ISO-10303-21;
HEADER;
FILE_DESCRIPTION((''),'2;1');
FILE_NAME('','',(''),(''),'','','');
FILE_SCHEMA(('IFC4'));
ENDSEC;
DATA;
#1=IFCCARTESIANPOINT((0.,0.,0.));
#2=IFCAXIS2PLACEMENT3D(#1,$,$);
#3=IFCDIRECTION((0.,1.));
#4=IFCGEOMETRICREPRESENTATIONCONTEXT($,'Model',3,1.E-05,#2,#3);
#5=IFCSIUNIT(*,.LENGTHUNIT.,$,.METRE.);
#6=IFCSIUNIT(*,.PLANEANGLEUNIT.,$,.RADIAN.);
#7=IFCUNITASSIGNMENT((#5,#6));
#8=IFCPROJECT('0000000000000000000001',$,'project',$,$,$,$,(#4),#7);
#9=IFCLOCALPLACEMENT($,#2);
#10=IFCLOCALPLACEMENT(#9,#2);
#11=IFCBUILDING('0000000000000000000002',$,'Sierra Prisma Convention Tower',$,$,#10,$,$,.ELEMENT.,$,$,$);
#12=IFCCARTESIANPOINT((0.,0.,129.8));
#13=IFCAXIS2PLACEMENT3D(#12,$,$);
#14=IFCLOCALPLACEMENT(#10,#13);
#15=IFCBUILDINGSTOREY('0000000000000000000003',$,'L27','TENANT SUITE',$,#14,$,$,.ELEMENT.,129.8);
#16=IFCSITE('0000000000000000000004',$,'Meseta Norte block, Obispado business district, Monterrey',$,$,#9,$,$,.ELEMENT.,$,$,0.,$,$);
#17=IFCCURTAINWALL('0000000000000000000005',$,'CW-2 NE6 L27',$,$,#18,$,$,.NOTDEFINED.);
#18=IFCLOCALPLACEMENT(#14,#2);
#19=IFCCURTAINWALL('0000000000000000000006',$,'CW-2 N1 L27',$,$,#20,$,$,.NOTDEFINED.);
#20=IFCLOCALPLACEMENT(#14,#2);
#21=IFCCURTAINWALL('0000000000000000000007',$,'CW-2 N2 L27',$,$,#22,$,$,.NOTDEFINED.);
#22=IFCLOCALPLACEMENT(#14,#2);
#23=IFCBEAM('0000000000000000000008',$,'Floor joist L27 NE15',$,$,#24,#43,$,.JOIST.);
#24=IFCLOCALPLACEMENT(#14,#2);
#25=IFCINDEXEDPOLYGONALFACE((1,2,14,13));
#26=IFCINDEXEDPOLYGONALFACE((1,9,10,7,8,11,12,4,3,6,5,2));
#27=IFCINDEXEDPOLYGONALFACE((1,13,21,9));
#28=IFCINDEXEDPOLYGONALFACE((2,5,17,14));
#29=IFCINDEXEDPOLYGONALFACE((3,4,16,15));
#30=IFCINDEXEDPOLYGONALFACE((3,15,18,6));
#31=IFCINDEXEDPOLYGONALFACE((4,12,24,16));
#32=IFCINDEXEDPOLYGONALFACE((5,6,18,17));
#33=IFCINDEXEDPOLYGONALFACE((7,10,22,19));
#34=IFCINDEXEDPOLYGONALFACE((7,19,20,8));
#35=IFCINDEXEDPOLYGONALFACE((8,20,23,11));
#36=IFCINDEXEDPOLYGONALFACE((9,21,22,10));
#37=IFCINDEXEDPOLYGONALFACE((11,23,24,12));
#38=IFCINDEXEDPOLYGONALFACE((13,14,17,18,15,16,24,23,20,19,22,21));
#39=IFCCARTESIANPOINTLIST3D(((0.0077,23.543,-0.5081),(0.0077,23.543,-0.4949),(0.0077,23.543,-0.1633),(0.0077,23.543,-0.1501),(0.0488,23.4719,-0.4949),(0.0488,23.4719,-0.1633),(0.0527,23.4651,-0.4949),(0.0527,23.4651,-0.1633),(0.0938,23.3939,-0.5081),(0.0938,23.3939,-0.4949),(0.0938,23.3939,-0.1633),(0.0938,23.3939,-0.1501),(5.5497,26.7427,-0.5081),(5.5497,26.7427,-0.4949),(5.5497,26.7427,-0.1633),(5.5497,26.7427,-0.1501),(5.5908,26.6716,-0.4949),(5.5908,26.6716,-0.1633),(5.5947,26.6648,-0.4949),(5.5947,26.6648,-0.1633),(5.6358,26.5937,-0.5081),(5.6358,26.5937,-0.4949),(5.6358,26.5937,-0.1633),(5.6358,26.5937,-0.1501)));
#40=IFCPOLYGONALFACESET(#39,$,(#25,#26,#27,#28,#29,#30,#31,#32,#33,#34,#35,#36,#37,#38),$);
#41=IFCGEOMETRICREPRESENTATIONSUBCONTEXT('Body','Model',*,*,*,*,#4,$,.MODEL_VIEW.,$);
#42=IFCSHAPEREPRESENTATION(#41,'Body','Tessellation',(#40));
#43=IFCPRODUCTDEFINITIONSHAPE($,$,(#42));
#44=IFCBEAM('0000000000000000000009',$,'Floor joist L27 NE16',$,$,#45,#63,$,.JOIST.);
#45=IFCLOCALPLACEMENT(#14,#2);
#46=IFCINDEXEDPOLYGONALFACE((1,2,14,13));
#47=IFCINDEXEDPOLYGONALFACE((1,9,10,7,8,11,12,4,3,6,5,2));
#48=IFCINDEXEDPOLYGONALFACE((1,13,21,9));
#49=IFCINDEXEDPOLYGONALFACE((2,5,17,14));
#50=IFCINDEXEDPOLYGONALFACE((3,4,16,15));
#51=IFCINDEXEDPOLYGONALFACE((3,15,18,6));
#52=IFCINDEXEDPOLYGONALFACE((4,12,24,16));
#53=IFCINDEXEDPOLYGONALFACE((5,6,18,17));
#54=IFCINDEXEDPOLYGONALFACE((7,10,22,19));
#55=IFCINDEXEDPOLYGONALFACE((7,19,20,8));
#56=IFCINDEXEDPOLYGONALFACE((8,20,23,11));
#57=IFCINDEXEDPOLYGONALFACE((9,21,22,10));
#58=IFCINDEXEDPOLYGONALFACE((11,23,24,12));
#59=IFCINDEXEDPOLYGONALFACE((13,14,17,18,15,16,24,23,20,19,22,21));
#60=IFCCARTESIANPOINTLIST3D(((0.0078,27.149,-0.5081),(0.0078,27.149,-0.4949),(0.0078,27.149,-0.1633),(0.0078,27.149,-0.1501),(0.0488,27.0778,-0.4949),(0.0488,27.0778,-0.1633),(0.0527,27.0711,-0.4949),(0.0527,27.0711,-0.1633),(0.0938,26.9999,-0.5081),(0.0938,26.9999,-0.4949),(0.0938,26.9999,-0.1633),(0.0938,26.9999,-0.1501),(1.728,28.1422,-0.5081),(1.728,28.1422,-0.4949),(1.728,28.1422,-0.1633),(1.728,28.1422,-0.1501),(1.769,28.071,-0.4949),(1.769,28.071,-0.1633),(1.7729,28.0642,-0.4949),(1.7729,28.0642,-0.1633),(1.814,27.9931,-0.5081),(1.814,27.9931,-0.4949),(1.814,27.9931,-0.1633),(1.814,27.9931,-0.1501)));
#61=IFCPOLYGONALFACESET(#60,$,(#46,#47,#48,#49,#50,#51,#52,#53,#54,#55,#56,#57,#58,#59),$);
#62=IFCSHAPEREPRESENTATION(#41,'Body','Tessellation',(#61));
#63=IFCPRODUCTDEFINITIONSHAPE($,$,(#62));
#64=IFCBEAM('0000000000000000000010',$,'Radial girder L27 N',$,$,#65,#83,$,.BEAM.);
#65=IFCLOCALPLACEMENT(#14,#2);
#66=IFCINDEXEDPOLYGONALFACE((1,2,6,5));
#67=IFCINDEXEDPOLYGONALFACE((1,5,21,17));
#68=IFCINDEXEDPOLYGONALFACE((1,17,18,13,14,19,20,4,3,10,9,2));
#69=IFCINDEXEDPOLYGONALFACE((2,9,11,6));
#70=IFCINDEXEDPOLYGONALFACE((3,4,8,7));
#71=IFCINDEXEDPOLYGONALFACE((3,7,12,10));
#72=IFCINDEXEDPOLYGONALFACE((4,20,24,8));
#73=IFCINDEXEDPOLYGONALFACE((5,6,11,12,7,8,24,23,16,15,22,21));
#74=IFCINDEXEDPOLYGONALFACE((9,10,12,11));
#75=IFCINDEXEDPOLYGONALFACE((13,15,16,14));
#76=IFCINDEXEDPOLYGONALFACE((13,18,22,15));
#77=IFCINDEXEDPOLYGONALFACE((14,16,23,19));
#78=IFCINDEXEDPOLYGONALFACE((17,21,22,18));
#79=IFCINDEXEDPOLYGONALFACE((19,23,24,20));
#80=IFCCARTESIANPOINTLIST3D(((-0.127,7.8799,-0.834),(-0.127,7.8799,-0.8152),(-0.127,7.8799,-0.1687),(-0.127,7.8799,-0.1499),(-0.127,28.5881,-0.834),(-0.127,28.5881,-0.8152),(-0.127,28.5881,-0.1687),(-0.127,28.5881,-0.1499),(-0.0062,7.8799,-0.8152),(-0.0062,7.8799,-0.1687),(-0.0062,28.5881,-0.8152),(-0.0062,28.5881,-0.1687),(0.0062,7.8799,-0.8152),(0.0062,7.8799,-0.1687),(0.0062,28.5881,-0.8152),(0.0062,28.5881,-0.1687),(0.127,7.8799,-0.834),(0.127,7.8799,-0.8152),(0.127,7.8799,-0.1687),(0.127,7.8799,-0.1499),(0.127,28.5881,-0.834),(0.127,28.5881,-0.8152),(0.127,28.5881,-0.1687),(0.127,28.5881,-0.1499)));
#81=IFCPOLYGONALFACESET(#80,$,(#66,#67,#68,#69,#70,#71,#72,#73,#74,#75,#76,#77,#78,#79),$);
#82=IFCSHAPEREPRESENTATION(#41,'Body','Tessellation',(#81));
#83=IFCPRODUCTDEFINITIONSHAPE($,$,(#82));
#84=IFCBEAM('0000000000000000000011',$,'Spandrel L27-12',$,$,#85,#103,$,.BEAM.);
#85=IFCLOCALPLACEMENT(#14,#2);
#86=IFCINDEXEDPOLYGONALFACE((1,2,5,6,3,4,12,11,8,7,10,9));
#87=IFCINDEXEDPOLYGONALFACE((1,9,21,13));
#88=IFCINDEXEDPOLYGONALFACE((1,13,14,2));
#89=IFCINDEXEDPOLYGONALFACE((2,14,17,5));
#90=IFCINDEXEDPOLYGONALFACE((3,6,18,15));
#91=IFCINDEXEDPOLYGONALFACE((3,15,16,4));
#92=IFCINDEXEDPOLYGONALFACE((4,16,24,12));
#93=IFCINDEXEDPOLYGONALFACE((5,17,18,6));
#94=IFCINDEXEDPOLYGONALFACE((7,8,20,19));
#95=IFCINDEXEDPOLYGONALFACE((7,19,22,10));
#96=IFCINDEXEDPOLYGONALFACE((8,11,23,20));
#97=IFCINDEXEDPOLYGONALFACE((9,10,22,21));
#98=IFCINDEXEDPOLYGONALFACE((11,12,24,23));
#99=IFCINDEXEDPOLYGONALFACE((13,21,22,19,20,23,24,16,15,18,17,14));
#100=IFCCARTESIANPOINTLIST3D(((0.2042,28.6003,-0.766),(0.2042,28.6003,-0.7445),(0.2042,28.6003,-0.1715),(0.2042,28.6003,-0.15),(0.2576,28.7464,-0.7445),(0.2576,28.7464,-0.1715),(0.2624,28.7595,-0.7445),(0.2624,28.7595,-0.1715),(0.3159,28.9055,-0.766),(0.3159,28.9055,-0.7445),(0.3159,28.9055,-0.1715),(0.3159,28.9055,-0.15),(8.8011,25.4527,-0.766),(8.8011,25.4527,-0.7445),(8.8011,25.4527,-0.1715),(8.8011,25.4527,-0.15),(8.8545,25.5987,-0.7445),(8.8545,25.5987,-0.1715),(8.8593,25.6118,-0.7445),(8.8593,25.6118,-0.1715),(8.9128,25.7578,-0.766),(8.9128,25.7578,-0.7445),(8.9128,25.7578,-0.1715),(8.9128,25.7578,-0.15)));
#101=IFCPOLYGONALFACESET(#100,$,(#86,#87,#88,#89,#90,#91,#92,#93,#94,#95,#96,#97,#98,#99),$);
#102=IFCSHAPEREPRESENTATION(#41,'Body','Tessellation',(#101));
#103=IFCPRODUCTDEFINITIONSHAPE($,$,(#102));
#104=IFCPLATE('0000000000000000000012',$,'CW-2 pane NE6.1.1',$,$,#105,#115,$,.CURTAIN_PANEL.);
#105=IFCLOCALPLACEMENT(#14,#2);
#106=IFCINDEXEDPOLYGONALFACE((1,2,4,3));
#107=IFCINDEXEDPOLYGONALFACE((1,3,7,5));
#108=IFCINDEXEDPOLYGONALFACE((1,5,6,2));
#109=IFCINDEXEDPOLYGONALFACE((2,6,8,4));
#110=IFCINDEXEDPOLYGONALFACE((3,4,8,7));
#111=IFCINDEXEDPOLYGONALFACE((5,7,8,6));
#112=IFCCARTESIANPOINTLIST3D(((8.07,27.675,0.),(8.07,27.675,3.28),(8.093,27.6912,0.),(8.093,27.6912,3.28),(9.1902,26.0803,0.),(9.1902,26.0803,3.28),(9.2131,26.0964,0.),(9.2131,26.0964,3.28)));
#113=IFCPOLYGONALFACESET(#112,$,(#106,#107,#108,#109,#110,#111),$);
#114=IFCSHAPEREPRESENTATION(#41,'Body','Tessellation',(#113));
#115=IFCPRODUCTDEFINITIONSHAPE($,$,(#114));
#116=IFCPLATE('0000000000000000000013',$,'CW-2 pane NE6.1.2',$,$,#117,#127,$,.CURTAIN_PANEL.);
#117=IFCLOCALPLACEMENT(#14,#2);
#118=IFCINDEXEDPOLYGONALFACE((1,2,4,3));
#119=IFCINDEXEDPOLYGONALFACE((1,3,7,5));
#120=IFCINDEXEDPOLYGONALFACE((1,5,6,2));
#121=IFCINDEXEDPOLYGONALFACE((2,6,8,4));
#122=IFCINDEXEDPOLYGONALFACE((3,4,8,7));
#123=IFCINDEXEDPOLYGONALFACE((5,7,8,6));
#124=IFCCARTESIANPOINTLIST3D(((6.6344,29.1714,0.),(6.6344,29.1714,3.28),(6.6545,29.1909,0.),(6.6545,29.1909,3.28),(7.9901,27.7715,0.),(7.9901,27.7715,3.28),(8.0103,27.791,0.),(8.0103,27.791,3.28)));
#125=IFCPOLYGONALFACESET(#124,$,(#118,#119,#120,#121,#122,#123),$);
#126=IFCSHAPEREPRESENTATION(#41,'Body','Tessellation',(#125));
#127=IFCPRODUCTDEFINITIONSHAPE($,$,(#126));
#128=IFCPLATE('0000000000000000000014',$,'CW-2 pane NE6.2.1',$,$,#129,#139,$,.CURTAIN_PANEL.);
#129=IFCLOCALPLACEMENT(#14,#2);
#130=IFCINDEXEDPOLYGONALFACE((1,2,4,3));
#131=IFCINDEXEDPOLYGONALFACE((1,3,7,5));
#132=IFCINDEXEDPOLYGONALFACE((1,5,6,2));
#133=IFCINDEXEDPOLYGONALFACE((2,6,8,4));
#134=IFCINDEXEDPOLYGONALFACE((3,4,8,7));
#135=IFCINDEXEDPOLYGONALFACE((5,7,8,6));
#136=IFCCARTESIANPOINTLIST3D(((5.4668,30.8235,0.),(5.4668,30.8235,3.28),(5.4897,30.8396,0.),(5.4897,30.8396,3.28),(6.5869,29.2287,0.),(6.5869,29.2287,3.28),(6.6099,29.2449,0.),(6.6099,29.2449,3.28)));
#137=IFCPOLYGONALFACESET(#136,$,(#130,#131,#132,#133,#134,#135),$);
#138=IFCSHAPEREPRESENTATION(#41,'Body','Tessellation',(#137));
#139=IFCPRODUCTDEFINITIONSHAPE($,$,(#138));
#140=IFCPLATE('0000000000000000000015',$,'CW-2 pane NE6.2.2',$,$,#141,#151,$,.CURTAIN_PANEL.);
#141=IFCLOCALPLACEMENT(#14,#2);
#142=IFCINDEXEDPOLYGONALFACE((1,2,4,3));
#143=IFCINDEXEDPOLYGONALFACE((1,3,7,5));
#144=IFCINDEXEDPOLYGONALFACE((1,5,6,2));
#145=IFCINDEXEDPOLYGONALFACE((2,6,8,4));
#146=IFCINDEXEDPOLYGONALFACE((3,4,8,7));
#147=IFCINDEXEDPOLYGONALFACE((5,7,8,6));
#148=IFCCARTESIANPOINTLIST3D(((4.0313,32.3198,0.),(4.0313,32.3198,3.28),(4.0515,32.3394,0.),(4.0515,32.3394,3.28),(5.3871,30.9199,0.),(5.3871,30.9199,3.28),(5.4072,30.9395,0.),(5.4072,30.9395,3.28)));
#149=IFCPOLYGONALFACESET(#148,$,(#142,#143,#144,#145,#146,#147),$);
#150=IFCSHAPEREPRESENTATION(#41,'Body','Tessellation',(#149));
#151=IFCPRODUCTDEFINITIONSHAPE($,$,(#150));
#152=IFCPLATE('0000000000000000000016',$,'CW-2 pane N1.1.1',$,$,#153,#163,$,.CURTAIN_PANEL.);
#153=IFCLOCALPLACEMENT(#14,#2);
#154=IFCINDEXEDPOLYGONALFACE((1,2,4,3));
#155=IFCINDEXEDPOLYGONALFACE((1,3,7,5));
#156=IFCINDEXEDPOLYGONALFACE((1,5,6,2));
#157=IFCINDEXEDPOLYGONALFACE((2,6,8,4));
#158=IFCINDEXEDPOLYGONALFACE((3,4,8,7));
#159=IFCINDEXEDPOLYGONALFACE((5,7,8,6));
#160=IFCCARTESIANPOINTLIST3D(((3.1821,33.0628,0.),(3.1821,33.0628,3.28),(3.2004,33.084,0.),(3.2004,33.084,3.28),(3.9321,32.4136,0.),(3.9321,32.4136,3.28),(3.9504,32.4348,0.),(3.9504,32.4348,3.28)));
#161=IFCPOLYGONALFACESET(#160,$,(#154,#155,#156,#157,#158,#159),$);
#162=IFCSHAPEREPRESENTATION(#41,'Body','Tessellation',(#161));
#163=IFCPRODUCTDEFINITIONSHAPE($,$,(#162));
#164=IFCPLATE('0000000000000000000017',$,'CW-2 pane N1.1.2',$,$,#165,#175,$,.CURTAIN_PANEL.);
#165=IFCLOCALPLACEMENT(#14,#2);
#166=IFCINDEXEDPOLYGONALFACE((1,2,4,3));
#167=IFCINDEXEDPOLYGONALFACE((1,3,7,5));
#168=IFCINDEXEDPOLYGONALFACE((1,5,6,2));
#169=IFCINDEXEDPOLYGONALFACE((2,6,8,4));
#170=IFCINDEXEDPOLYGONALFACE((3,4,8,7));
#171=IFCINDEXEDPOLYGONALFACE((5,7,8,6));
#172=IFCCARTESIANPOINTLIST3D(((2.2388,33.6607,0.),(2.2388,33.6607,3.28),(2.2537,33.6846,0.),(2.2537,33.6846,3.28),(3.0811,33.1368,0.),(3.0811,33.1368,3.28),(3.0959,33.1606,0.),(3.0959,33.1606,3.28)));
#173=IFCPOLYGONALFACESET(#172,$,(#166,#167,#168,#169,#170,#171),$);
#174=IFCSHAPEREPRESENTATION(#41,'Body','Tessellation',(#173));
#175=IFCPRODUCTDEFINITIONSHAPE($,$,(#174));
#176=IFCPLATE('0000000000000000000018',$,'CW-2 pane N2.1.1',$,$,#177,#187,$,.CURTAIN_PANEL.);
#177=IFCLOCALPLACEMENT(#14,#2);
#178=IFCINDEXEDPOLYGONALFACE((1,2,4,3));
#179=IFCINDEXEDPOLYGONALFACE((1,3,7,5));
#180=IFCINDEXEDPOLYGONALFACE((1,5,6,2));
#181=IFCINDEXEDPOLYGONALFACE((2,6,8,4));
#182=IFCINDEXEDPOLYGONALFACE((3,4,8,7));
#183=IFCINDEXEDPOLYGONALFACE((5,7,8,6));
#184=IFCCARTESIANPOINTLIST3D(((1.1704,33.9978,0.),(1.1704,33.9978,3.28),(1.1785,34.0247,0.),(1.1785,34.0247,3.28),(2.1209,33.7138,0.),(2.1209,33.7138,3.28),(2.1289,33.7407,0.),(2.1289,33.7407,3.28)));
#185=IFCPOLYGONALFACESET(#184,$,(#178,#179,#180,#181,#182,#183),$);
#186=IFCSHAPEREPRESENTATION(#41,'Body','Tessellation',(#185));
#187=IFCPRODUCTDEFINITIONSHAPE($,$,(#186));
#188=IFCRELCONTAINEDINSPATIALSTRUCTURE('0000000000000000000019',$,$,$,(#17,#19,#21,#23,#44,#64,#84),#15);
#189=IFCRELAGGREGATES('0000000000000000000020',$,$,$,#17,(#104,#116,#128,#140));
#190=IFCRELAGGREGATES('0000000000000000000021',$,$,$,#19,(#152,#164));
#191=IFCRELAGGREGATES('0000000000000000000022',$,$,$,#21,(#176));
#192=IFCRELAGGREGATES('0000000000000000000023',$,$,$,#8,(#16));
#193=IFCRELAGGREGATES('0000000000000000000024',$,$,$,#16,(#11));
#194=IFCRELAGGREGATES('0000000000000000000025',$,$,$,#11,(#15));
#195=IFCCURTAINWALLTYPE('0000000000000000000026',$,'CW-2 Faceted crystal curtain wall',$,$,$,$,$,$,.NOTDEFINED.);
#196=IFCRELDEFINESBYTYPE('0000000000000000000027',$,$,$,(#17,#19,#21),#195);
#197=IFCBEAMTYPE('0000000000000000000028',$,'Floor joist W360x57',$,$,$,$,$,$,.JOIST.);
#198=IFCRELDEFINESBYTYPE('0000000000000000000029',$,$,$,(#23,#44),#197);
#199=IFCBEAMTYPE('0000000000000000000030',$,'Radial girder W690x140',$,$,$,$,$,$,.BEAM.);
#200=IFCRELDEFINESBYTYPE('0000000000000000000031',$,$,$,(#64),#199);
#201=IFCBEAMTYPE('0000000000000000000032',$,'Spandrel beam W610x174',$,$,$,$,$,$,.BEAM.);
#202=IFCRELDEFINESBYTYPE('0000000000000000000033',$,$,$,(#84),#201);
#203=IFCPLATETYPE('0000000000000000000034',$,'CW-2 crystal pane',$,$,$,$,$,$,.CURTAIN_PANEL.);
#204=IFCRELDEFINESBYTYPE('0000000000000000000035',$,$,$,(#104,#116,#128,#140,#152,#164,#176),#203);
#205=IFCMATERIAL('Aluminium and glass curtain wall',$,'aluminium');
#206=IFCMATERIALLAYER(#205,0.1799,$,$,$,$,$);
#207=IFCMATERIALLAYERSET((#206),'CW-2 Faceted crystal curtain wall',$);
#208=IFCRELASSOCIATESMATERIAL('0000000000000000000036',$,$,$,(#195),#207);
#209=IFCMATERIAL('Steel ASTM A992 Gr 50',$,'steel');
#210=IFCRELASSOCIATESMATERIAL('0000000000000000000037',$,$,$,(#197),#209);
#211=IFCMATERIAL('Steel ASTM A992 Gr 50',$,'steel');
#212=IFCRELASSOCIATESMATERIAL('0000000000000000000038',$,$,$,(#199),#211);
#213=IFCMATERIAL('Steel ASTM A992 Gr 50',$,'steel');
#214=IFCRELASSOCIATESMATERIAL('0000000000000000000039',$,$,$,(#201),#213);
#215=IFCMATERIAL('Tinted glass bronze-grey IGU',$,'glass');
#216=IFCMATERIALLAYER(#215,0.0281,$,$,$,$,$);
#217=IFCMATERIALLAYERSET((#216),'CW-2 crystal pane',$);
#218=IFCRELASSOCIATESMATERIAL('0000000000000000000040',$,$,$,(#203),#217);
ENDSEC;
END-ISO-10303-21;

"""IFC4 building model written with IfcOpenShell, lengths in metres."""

from ifc_helpers import new_model, si_unit, direction, frame, origin, origin_2d, place, context, subcontext, project, spatial, polyline, i_section, outline, extrude, material, layer, layer_set, material_profile, profile_set, type_object, element, aggregate, save


model = new_model("IFC4")

# Units and contexts
model_context = context("Model", 3, precision=1e-05, world=origin(), true_north=direction((0.0, 1.0)))
body_context = subcontext(model_context, "Body", "Model", "MODEL_VIEW")
ifc_project = project(units=[si_unit("LENGTHUNIT", "METRE"), si_unit("PLANEANGLEUNIT", "RADIAN")], contexts=[model_context])

# Site, building, storey
site_placement = place(None, origin())
site = spatial("IfcSite", under=ifc_project, at=site_placement, Name="Meseta Norte block, Obispado business district, Monterrey", CompositionType="ELEMENT", RefElevation=0.0)
building_placement = place(site_placement, origin())
building = spatial("IfcBuilding", under=site, at=building_placement, Name="Sierra Prisma Convention Tower", CompositionType="ELEMENT")
storey_placement = place(building_placement, frame((0.0, 0.0, 129.8)))
storey = spatial("IfcBuildingStorey", under=building, at=storey_placement, Name="L27", Description="TENANT SUITE", CompositionType="ELEMENT", Elevation=129.8)

# Curtain wall
ifc_material_1 = material(Name="Aluminium and glass curtain wall", Category="aluminium")
ifc_layer_1 = layer(ifc_material_1, 0.1799)
ifc_layer_set_1 = layer_set([ifc_layer_1], Name="CW-2 Faceted crystal curtain wall")
curtain_wall_type = type_object("IfcCurtainWallType", Name="CW-2 Faceted crystal curtain wall", PredefinedType="NOTDEFINED", material=ifc_layer_set_1)
curtain_wall_1_placement = place(storey_placement, origin())
curtain_wall_1 = element("IfcCurtainWall", 1, at=curtain_wall_1_placement, inside=storey, type_object=curtain_wall_type, Name="CW-2 NE6 L27", PredefinedType="NOTDEFINED")

# Curtain walls
curtain_wall_2_placement = place(storey_placement, origin())
curtain_wall_2 = element("IfcCurtainWall", 2, at=curtain_wall_2_placement, inside=storey, type_object=curtain_wall_type, Name="CW-2 N1 L27", PredefinedType="NOTDEFINED")
curtain_wall_3_placement = place(storey_placement, origin())
curtain_wall_3 = element("IfcCurtainWall", 3, at=curtain_wall_3_placement, inside=storey, type_object=curtain_wall_type, Name="CW-2 N2 L27", PredefinedType="NOTDEFINED")

# Beams
ifc_material_2 = material(Name="Steel ASTM A992 Gr 50", Category="steel")
ifc_material_profile_1 = material_profile(ifc_material_2, i_section(OverallWidth=0.1721, OverallDepth=0.3579, WebThickness=0.0078, FlangeThickness=0.0132, at=origin_2d()), Name="W360x57")
ifc_profile_set_1 = profile_set([ifc_material_profile_1], Name="Steel ASTM A992 Gr 50")
beam_type_1 = type_object("IfcBeamType", Name="Floor joist W360x57", PredefinedType="JOIST", material=ifc_profile_set_1)
beam_1_placement = place(storey_placement, frame((5.5928, 26.6682, -0.3291), z_axis=(-0.866023, -0.500004, 0.0), x_axis=(0.500004, -0.866023, 0.0)))
element("IfcBeam", 4, at=beam_1_placement, inside=storey, type_object=beam_type_1, Name="Floor joist L27 NE15", PredefinedType="JOIST", context=body_context, shape_type="SweptSolid", body=[
    extrude(i_section(OverallWidth=0.1721, OverallDepth=0.3579, WebThickness=0.0078, FlangeThickness=0.0132, at=origin_2d()), origin(), (0.0, 0.0, 1.0), 6.3994),
])
beam_2_placement = place(storey_placement, frame((1.771, 28.0676, -0.3291), z_axis=(-0.866026, -0.499999, 0.0), x_axis=(0.499999, -0.866026, 0.0)))
element("IfcBeam", 5, at=beam_2_placement, inside=storey, type_object=beam_type_1, Name="Floor joist L27 NE16", PredefinedType="JOIST", context=body_context, shape_type="SweptSolid", body=[
    extrude(i_section(OverallWidth=0.1721, OverallDepth=0.3579, WebThickness=0.0078, FlangeThickness=0.0132, at=origin_2d()), origin(), (0.0, 0.0, 1.0), 1.9863),
])
ifc_material_3 = material(Name="Steel ASTM A992 Gr 50", Category="steel")
ifc_material_profile_2 = material_profile(ifc_material_3, i_section(OverallWidth=0.2539, OverallDepth=0.6841, WebThickness=0.0125, FlangeThickness=0.0188, at=origin_2d()), Name="W690x140")
ifc_profile_set_2 = profile_set([ifc_material_profile_2], Name="Steel ASTM A992 Gr 50")
beam_type_2 = type_object("IfcBeamType", Name="Radial girder W690x140", PredefinedType="BEAM", material=ifc_profile_set_2)
beam_3_placement = place(storey_placement, frame((0.0, 28.5881, -0.4919), z_axis=(0.0, -1.0, 0.0), x_axis=(1.0, 0.0, 0.0)))
element("IfcBeam", 6, at=beam_3_placement, inside=storey, type_object=beam_type_2, Name="Radial girder L27 N", PredefinedType="BEAM", context=body_context, shape_type="SweptSolid", body=[
    extrude(i_section(OverallWidth=0.2539, OverallDepth=0.6841, WebThickness=0.0125, FlangeThickness=0.0188, at=origin_2d()), origin(), (0.0, 0.0, 1.0), 20.7083),
])
ifc_material_4 = material(Name="Steel ASTM A992 Gr 50", Category="steel")
ifc_material_profile_3 = material_profile(ifc_material_4, i_section(OverallWidth=0.325, OverallDepth=0.616, WebThickness=0.0139, FlangeThickness=0.0215, at=origin_2d()), Name="W610x174")
ifc_profile_set_3 = profile_set([ifc_material_profile_3], Name="Steel ASTM A992 Gr 50")
beam_type_3 = type_object("IfcBeamType", Name="Spandrel beam W610x174", PredefinedType="BEAM", material=ifc_profile_set_3)
beam_4_placement = place(storey_placement, frame((8.8569, 25.6052, -0.458), z_axis=(-0.939035, 0.343821, 0.0), x_axis=(-0.343821, -0.939035, 0.0)))
element("IfcBeam", 7, at=beam_4_placement, inside=storey, type_object=beam_type_3, Name="Spandrel L27-12", PredefinedType="BEAM", context=body_context, shape_type="SweptSolid", body=[
    extrude(i_section(OverallWidth=0.325, OverallDepth=0.616, WebThickness=0.0139, FlangeThickness=0.0215, at=origin_2d()), origin(), (0.0, 0.0, 1.0), 9.155),
])

# Plates
ifc_material_5 = material(Name="Tinted glass bronze-grey IGU", Category="glass")
ifc_layer_2 = layer(ifc_material_5, 0.0281)
ifc_layer_set_2 = layer_set([ifc_layer_2], Name="CW-2 crystal pane")
plate_type = type_object("IfcPlateType", Name="CW-2 crystal pane", PredefinedType="CURTAIN_PANEL", material=ifc_layer_set_2)
plate_1_placement = place(storey_placement, frame((9.2131, 26.0964, 0.0), z_axis=(0.818313, 0.574773, 0.0), x_axis=(-0.574773, 0.818313, 0.0)))
plate_1 = element("IfcPlate", 8, at=plate_1_placement, type_object=plate_type, Name="CW-2 pane NE6.1.1", PredefinedType="CURTAIN_PANEL", context=body_context, shape_type="SweptSolid", body=[
    extrude(outline(polyline([(0.0, 0.0), (1.9488, 0.0), (1.9488, 3.28), (0.0, 3.28), (0.0, 0.0)])), origin(), (0.0, 0.0, -1.0), 0.0281),
])
plate_2_placement = place(storey_placement, frame((6.6545, 29.1909, 0.0), z_axis=(0.718354, 0.695678, 0.0), x_axis=(0.695678, -0.718354, 0.0)))
plate_2 = element("IfcPlate", 9, at=plate_2_placement, type_object=plate_type, Name="CW-2 pane NE6.1.2", PredefinedType="CURTAIN_PANEL", context=body_context, shape_type="SweptSolid", body=[
    extrude(outline(polyline([(0.0, 0.0), (1.9488, 0.0), (1.9488, -3.28), (0.0, -3.28), (0.0, 0.0)])), origin(), (0.0, 0.0, -1.0), 0.0281),
])
plate_3_placement = place(storey_placement, frame((6.6099, 29.2449, 0.0), z_axis=(0.818313, 0.574773, 0.0), x_axis=(-0.574773, 0.818313, 0.0)))
plate_3 = element("IfcPlate", 10, at=plate_3_placement, type_object=plate_type, Name="CW-2 pane NE6.2.1", PredefinedType="CURTAIN_PANEL", context=body_context, shape_type="SweptSolid", body=[
    extrude(outline(polyline([(0.0, 0.0), (1.9488, 0.0), (1.9488, 3.28), (0.0, 3.28), (0.0, 0.0)])), origin(), (0.0, 0.0, -1.0), 0.0281),
])
plate_4_placement = place(storey_placement, frame((4.0515, 32.3394, 0.0), z_axis=(0.718354, 0.695678, 0.0), x_axis=(0.695678, -0.718354, 0.0)))
plate_4 = element("IfcPlate", 11, at=plate_4_placement, type_object=plate_type, Name="CW-2 pane NE6.2.2", PredefinedType="CURTAIN_PANEL", context=body_context, shape_type="SweptSolid", body=[
    extrude(outline(polyline([(0.0, 0.0), (1.9488, 0.0), (1.9488, -3.28), (0.0, -3.28), (0.0, 0.0)])), origin(), (0.0, 0.0, -1.0), 0.0281),
])
aggregate(curtain_wall_1, [plate_1, plate_2, plate_3, plate_4])
plate_5_placement = place(storey_placement, frame((3.9504, 32.4348, 0.0), z_axis=(0.654453, 0.756103, 0.0), x_axis=(-0.756103, 0.654453, 0.0)))
plate_5 = element("IfcPlate", 12, at=plate_5_placement, type_object=plate_type, Name="CW-2 pane N1.1.1", PredefinedType="CURTAIN_PANEL", context=body_context, shape_type="SweptSolid", body=[
    extrude(outline(polyline([(0.0, 0.0), (0.9919, 0.0), (0.9919, 3.28), (0.0, 3.28), (0.0, 0.0)])), origin(), (0.0, 0.0, -1.0), 0.0281),
])
plate_6_placement = place(storey_placement, frame((2.2537, 33.6846, 0.0), z_axis=(0.528184, 0.84913, 0.0), x_axis=(0.84913, -0.528184, 0.0)))
plate_6 = element("IfcPlate", 13, at=plate_6_placement, type_object=plate_type, Name="CW-2 pane N1.1.2", PredefinedType="CURTAIN_PANEL", context=body_context, shape_type="SweptSolid", body=[
    extrude(outline(polyline([(0.0, 0.0), (0.9919, 0.0), (0.9919, -3.28), (0.0, -3.28), (0.0, 0.0)])), origin(), (0.0, 0.0, -1.0), 0.0281),
])
aggregate(curtain_wall_2, [plate_5, plate_6])
plate_7_placement = place(storey_placement, frame((2.1289, 33.7407, 0.0), z_axis=(0.286241, 0.958158, 0.0), x_axis=(-0.958158, 0.286241, 0.0)))
plate_7 = element("IfcPlate", 14, at=plate_7_placement, type_object=plate_type, Name="CW-2 pane N2.1.1", PredefinedType="CURTAIN_PANEL", context=body_context, shape_type="SweptSolid", body=[
    extrude(outline(polyline([(0.0, 0.0), (0.9919, 0.0), (0.9919, 3.28), (0.0, 3.28), (0.0, 0.0)])), origin(), (0.0, 0.0, -1.0), 0.0281),
])
aggregate(curtain_wall_3, [plate_7])

save(model, "model.ifc")
